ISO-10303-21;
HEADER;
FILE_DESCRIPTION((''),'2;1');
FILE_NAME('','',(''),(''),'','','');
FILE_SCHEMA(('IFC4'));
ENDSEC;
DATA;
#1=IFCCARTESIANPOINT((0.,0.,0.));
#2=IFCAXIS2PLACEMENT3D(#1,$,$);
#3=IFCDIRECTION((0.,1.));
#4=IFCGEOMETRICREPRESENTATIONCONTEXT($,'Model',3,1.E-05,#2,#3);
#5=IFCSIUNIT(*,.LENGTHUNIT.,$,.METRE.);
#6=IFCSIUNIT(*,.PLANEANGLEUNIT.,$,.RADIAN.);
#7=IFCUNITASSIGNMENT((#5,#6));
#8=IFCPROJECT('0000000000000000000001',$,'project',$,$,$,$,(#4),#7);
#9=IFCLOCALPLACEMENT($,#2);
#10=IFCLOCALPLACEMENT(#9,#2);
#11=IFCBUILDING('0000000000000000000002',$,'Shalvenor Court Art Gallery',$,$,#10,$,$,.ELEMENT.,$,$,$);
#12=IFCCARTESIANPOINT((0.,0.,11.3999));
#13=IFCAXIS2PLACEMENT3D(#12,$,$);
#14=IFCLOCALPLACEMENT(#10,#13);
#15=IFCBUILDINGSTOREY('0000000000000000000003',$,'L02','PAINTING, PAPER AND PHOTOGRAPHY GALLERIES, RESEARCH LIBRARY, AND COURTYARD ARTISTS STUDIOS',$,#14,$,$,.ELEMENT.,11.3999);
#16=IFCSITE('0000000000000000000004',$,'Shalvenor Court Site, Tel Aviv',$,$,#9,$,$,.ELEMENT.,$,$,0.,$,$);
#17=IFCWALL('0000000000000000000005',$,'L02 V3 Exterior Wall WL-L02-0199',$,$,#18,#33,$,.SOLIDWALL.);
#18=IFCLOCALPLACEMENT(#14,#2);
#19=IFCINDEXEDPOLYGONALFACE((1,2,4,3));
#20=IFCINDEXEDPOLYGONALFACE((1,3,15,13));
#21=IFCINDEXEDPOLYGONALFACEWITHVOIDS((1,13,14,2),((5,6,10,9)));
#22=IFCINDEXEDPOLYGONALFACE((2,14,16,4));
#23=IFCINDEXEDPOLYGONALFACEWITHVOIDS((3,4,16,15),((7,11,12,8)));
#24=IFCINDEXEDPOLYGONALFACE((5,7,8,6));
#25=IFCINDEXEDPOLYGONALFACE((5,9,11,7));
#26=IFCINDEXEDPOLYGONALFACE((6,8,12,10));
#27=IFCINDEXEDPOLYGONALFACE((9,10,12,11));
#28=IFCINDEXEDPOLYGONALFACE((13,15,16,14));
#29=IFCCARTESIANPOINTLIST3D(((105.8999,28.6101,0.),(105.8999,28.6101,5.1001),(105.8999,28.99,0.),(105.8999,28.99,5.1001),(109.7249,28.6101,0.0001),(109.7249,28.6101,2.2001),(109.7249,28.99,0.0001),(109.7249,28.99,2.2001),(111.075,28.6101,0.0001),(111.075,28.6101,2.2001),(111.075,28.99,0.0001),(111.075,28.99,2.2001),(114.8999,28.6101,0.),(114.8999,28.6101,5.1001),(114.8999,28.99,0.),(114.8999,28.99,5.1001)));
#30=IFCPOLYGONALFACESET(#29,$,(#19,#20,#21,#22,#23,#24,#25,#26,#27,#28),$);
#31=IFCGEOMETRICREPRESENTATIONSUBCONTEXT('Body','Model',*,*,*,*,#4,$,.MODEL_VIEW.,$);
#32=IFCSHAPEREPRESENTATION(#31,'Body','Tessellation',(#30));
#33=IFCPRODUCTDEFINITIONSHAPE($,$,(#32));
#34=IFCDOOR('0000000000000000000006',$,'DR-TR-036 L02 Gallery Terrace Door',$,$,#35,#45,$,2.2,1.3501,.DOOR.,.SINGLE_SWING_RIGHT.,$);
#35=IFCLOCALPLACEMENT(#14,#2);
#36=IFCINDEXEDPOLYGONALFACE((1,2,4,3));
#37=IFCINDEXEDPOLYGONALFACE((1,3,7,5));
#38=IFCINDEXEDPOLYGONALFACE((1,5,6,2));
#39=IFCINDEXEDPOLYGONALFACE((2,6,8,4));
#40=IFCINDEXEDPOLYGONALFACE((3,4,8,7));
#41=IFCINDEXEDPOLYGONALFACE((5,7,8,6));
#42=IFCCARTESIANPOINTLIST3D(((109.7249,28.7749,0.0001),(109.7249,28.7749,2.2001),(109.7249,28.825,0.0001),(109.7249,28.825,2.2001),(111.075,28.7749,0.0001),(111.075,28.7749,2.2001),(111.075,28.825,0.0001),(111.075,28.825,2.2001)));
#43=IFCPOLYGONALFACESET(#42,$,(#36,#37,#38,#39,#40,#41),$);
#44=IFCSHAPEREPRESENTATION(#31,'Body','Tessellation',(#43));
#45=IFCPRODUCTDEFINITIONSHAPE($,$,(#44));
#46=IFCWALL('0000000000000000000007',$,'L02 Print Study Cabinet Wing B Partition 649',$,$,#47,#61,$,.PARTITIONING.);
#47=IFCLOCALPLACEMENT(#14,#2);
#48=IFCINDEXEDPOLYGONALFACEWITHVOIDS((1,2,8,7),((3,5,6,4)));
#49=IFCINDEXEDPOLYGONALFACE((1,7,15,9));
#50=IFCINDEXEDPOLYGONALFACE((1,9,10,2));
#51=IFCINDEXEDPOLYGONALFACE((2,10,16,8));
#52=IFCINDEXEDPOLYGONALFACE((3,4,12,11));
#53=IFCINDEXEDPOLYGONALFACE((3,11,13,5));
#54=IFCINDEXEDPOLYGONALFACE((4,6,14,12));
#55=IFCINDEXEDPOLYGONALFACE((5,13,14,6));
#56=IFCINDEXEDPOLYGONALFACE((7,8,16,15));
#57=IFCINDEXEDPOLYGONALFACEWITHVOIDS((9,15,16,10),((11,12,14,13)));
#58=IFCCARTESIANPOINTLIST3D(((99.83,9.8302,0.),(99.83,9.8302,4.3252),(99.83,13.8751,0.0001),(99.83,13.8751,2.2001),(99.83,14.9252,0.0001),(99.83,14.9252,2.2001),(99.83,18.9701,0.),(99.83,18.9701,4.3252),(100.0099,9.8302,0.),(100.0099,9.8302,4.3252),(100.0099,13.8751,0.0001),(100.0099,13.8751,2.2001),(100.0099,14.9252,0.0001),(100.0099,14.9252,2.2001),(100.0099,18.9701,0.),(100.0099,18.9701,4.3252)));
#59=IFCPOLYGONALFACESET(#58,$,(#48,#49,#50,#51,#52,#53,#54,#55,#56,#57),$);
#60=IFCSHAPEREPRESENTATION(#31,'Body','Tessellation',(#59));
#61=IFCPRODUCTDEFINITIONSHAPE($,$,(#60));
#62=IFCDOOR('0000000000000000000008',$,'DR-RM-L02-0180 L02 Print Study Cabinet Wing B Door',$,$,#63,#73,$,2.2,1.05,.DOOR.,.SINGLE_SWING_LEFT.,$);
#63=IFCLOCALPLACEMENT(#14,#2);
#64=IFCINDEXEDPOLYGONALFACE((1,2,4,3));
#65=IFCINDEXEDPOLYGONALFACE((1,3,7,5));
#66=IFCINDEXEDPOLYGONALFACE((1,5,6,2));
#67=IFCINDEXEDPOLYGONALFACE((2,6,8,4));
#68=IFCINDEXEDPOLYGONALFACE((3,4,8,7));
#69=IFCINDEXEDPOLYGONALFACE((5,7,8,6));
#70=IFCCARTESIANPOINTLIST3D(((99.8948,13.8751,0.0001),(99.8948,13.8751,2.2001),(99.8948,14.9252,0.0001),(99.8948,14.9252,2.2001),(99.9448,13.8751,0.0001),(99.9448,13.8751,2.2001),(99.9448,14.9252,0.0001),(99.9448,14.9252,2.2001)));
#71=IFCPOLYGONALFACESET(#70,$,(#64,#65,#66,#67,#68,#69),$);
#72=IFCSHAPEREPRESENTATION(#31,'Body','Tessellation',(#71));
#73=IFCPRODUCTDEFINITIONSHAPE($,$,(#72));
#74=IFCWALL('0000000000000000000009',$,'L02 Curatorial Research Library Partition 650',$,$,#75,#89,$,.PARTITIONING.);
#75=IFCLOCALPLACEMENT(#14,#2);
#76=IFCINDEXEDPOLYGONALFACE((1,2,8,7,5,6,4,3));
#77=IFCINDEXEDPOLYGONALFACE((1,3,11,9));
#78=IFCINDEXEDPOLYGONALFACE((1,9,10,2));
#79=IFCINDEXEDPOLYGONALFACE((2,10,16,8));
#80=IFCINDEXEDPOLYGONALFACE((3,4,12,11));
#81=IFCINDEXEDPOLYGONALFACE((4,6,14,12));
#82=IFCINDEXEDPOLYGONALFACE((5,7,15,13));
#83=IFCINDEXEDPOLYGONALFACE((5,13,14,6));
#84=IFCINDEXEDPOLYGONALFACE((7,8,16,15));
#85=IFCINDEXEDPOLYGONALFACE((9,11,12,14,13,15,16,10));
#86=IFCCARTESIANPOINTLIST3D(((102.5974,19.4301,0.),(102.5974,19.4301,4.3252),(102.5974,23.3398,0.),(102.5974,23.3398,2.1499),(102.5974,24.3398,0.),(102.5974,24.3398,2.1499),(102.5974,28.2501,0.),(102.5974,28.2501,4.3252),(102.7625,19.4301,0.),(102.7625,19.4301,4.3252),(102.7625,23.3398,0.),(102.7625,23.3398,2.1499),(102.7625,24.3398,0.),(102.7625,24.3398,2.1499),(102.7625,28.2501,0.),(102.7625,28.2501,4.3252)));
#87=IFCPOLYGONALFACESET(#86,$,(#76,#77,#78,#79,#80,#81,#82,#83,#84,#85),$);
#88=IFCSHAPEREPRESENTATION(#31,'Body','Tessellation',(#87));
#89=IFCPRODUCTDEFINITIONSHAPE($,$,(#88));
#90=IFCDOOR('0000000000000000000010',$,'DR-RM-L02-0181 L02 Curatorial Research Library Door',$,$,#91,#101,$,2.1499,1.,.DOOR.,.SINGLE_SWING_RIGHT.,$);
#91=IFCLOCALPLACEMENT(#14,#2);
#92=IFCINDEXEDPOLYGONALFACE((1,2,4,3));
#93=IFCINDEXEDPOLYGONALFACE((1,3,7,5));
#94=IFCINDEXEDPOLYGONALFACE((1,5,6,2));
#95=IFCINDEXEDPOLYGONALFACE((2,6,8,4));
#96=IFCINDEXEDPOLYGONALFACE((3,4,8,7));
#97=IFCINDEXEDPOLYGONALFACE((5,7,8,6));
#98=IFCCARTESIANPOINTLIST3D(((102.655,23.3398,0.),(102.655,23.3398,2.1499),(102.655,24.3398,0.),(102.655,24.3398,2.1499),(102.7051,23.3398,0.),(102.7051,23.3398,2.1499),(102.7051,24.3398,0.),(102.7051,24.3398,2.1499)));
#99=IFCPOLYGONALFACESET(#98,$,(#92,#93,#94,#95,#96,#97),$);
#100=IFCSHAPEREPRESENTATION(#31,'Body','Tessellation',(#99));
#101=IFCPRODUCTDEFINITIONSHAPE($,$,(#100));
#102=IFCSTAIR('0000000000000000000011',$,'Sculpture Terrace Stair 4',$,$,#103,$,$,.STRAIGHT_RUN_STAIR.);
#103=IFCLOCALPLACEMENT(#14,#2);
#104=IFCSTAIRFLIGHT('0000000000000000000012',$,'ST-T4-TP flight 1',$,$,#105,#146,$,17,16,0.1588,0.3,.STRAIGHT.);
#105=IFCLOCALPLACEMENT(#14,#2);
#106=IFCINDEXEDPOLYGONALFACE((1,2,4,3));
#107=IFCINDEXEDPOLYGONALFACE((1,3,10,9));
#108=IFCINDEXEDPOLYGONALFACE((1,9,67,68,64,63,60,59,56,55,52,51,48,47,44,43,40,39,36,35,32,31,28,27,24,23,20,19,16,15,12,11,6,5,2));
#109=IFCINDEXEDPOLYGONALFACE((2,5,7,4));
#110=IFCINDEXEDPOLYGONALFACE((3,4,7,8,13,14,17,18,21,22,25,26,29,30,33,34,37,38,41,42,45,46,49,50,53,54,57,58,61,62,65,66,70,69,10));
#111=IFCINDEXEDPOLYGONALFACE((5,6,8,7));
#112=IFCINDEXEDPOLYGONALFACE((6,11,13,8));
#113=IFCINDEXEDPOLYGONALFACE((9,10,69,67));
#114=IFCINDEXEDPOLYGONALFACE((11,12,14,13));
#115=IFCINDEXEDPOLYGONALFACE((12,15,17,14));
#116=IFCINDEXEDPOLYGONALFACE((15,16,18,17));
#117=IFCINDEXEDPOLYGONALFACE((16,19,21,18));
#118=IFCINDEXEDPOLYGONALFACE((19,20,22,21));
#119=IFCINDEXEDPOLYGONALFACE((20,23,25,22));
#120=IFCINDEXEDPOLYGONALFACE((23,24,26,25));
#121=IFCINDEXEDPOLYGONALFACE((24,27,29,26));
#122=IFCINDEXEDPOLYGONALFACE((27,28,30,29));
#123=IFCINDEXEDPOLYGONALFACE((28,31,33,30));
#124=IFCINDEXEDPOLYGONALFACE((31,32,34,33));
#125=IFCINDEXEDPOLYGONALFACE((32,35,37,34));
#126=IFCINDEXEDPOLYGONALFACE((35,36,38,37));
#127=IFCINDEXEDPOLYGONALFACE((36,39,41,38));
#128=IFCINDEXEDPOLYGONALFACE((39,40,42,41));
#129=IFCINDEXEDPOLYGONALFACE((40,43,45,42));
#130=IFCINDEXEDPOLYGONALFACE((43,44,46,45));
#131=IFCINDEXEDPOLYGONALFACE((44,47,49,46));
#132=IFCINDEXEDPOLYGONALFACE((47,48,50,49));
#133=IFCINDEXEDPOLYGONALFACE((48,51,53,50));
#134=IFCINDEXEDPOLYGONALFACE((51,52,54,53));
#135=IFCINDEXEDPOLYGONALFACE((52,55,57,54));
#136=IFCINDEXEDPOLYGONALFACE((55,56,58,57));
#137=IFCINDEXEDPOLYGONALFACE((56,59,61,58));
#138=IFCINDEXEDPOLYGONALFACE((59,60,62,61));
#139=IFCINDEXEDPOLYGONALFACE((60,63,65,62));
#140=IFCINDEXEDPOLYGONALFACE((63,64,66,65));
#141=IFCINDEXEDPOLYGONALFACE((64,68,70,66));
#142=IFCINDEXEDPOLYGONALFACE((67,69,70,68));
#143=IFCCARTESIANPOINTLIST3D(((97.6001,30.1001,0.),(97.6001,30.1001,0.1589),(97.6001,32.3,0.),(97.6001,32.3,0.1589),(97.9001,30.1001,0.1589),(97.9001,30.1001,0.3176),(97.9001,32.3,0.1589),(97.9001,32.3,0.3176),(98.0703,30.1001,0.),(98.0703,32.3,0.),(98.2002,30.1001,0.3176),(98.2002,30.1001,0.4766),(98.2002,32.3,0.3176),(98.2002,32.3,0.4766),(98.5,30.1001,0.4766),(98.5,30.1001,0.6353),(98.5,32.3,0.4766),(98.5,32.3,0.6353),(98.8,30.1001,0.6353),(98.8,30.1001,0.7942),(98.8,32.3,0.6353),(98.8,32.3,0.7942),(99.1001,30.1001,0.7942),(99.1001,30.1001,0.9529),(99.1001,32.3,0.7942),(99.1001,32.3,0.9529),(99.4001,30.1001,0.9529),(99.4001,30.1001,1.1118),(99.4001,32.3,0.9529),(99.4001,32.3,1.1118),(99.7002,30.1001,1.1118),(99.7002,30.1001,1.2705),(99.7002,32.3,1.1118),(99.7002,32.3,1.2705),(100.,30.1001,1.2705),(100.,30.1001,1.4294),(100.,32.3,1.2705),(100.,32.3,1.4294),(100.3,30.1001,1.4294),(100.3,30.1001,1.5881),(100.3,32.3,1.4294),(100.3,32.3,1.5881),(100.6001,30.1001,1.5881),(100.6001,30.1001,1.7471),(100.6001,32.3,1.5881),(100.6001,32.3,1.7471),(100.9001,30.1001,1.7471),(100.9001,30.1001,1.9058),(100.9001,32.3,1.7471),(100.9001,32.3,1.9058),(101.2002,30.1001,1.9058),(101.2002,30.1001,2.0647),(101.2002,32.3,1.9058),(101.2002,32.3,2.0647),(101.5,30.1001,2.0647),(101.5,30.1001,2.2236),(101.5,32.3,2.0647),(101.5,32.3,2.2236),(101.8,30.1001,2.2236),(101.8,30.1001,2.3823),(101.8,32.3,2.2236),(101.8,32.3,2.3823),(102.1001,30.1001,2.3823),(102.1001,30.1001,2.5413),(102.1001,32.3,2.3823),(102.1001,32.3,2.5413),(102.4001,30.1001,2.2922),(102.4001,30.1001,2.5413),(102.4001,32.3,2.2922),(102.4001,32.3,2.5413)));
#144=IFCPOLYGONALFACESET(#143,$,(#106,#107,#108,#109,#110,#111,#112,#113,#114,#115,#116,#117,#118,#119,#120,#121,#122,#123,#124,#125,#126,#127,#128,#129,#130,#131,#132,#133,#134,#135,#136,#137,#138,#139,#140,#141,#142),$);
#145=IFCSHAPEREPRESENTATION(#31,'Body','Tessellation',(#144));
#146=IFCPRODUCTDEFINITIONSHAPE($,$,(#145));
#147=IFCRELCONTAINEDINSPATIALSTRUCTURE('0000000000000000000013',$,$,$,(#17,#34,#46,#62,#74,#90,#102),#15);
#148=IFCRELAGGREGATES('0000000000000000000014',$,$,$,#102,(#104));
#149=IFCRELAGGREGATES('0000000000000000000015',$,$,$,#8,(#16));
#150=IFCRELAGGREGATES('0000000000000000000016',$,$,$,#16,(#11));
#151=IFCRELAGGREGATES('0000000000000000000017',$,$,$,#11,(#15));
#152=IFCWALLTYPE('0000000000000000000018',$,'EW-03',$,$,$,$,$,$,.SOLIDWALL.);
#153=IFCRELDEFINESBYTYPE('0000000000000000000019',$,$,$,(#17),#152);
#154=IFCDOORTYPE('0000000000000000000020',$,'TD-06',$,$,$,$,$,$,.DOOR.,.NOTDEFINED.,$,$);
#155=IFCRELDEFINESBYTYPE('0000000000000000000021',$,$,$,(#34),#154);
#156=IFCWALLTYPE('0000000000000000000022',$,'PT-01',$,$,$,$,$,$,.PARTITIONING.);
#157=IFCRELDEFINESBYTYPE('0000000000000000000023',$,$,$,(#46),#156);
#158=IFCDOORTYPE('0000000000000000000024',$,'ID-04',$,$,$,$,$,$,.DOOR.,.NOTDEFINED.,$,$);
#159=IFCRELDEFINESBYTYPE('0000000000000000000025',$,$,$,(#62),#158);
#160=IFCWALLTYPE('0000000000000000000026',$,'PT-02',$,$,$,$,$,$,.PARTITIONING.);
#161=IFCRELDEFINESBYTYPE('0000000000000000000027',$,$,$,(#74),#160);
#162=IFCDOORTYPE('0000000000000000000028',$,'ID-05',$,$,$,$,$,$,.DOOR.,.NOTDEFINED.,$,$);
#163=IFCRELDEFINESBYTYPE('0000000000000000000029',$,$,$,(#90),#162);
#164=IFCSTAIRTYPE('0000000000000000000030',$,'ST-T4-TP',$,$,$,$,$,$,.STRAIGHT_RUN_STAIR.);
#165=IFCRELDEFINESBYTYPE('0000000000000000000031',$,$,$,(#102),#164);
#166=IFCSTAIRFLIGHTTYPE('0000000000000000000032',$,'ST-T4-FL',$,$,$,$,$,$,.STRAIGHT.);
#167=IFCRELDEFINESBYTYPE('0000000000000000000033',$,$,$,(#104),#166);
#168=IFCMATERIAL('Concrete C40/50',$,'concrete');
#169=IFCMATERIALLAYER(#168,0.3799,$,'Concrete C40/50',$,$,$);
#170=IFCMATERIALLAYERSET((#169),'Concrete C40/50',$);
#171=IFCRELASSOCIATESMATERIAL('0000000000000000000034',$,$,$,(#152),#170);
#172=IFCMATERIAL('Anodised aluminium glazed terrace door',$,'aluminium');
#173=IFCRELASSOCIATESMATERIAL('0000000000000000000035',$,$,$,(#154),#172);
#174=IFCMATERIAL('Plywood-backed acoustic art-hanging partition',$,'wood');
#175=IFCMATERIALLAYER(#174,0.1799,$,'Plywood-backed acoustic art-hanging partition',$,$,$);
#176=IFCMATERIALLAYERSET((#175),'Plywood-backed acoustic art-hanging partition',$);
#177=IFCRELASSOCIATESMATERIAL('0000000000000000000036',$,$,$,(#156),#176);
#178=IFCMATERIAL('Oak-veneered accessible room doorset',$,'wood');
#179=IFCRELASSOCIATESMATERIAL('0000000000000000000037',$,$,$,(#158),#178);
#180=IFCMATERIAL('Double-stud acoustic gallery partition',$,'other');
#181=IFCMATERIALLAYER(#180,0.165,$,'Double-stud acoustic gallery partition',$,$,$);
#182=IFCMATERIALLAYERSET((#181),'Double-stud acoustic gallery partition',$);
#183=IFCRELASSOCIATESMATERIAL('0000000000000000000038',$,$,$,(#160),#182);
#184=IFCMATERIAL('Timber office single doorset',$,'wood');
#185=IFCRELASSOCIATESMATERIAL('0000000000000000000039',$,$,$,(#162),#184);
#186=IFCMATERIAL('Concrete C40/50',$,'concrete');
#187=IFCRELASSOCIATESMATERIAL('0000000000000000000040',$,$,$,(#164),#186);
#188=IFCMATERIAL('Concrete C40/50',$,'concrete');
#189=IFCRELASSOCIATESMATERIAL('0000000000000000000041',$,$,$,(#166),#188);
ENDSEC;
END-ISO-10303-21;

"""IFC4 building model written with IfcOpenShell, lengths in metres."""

from ifc_helpers import new_model, si_unit, direction, frame, frame_2d, origin, place, context, subcontext, project, spatial, polyline, rectangle, outline, extrude, material, layer, layer_set, type_object, element, fill, aggregate, save


model = new_model("IFC4")

# Units and contexts
model_context = context("Model", 3, precision=1e-05, world=origin(), true_north=direction((0.0, 1.0)))
body_context = subcontext(model_context, "Body", "Model", "MODEL_VIEW")
ifc_project = project(units=[si_unit("LENGTHUNIT", "METRE"), si_unit("PLANEANGLEUNIT", "RADIAN")], contexts=[model_context])

# Site, building, storey
site_placement = place(None, origin())
site = spatial("IfcSite", under=ifc_project, at=site_placement, Name="Shalvenor Court Site, Tel Aviv", CompositionType="ELEMENT", RefElevation=0.0)
building_placement = place(site_placement, origin())
building = spatial("IfcBuilding", under=site, at=building_placement, Name="Shalvenor Court Art Gallery", CompositionType="ELEMENT")
storey_placement = place(building_placement, frame((0.0, 0.0, 11.3999)))
storey = spatial("IfcBuildingStorey", under=building, at=storey_placement, Name="L02", Description="PAINTING, PAPER AND PHOTOGRAPHY GALLERIES, RESEARCH LIBRARY, AND COURTYARD ARTISTS STUDIOS", CompositionType="ELEMENT", Elevation=11.3999)

# Walls, openings, doors
ifc_material_1 = material(Name="Concrete C40/50", Category="concrete")
ifc_layer_1 = layer(ifc_material_1, 0.3799, Name="Concrete C40/50")
ifc_layer_set_1 = layer_set([ifc_layer_1], Name="Concrete C40/50")
wall_type_1 = type_object("IfcWallType", Name="EW-03", PredefinedType="SOLIDWALL", material=ifc_layer_set_1)
wall_1_placement = place(storey_placement, frame((105.8999, 28.8, 0.0), z_axis=(0.0, 0.0, 1.0), x_axis=(1.0, 0.0, 0.0)))
wall_1 = element("IfcWall", 1, at=wall_1_placement, inside=storey, type_object=wall_type_1, Name="L02 V3 Exterior Wall WL-L02-0199", PredefinedType="SOLIDWALL", context=body_context, shape_type="SweptSolid", body=[
    extrude(rectangle(XDim=9.0, YDim=0.3799, at=frame_2d((4.5, 0.0))), origin(), (0.0, 0.0, 1.0), 5.1001),
])
opening_1_placement = place(wall_1_placement, frame((3.825, 0.0, 0.0)))
opening_1 = element("IfcOpeningElement", 2, at=opening_1_placement, cuts=wall_1, PredefinedType="OPENING", context=body_context, shape_type="SweptSolid", body=[
    extrude(rectangle(XDim=1.3501, YDim=2.2, at=frame_2d((0.675, 1.1001))), frame((0.0, 0.2, 0.0), z_axis=(0.0, -1.0, 0.0), x_axis=(1.0, 0.0, 0.0)), (0.0, 0.0, 1.0), 0.3999),
])
ifc_material_2 = material(Name="Anodised aluminium glazed terrace door", Category="aluminium")
door_type_1 = type_object("IfcDoorType", Name="TD-06", OperationType="NOTDEFINED", PredefinedType="DOOR", material=ifc_material_2)
door_1_placement = place(opening_1_placement, origin())
door_1 = element("IfcDoor", 3, at=door_1_placement, inside=storey, type_object=door_type_1, Name="DR-TR-036 L02 Gallery Terrace Door", OperationType="SINGLE_SWING_RIGHT", OverallHeight=2.2, OverallWidth=1.3501, PredefinedType="DOOR", context=body_context, shape_type="SweptSolid", body=[
    extrude(rectangle(XDim=1.3501, YDim=2.2, at=frame_2d((0.675, 1.1001))), frame((0.0, 0.0249, 0.0), z_axis=(0.0, -1.0, 0.0), x_axis=(1.0, 0.0, 0.0)), (0.0, 0.0, 1.0), 0.05),
])
fill(opening_1, door_1)
ifc_material_3 = material(Name="Plywood-backed acoustic art-hanging partition", Category="wood")
ifc_layer_2 = layer(ifc_material_3, 0.1799, Name="Plywood-backed acoustic art-hanging partition")
ifc_layer_set_2 = layer_set([ifc_layer_2], Name="Plywood-backed acoustic art-hanging partition")
wall_type_2 = type_object("IfcWallType", Name="PT-01", PredefinedType="PARTITIONING", material=ifc_layer_set_2)
wall_2_placement = place(storey_placement, frame((99.9199, 18.97, 0.0), z_axis=(0.0, 0.0, 1.0), x_axis=(0.0, -1.0, 0.0)))
wall_2 = element("IfcWall", 4, at=wall_2_placement, inside=storey, type_object=wall_type_2, Name="L02 Print Study Cabinet Wing B Partition 649", PredefinedType="PARTITIONING", context=body_context, shape_type="SweptSolid", body=[
    extrude(rectangle(XDim=9.1399, YDim=0.1799, at=frame_2d((4.5698, 0.0))), origin(), (0.0, 0.0, 1.0), 4.3252),
])
opening_2_placement = place(wall_2_placement, frame((4.0449, 0.0, 0.0)))
opening_2 = element("IfcOpeningElement", 5, at=opening_2_placement, cuts=wall_2, PredefinedType="OPENING", context=body_context, shape_type="SweptSolid", body=[
    extrude(rectangle(XDim=1.05, YDim=2.2, at=frame_2d((0.5249, 1.1001))), frame((0.0, 0.0999, 0.0), z_axis=(0.0, -1.0, 0.0), x_axis=(1.0, 0.0, 0.0)), (0.0, 0.0, 1.0), 0.2),
])
ifc_material_4 = material(Name="Oak-veneered accessible room doorset", Category="wood")
door_type_2 = type_object("IfcDoorType", Name="ID-04", OperationType="NOTDEFINED", PredefinedType="DOOR", material=ifc_material_4)
door_2_placement = place(opening_2_placement, origin())
door_2 = element("IfcDoor", 6, at=door_2_placement, inside=storey, type_object=door_type_2, Name="DR-RM-L02-0180 L02 Print Study Cabinet Wing B Door", OperationType="SINGLE_SWING_LEFT", OverallHeight=2.2, OverallWidth=1.05, PredefinedType="DOOR", context=body_context, shape_type="SweptSolid", body=[
    extrude(rectangle(XDim=1.05, YDim=2.2, at=frame_2d((0.5249, 1.1001))), frame((0.0, 0.0249, 0.0), z_axis=(0.0, -1.0, 0.0), x_axis=(1.0, 0.0, 0.0)), (0.0, 0.0, 1.0), 0.05),
])
fill(opening_2, door_2)
ifc_material_5 = material(Name="Double-stud acoustic gallery partition", Category="other")
ifc_layer_3 = layer(ifc_material_5, 0.165, Name="Double-stud acoustic gallery partition")
ifc_layer_set_3 = layer_set([ifc_layer_3], Name="Double-stud acoustic gallery partition")
wall_type_3 = type_object("IfcWallType", Name="PT-02", PredefinedType="PARTITIONING", material=ifc_layer_set_3)
wall_3_placement = place(storey_placement, frame((102.6799, 19.4299, 0.0), z_axis=(0.0, 0.0, 1.0), x_axis=(0.0, 1.0, 0.0)))
wall_3 = element("IfcWall", 7, at=wall_3_placement, inside=storey, type_object=wall_type_3, Name="L02 Curatorial Research Library Partition 650", PredefinedType="PARTITIONING", context=body_context, shape_type="SweptSolid", body=[
    extrude(rectangle(XDim=8.8201, YDim=0.165, at=frame_2d((4.4102, 0.0))), origin(), (0.0, 0.0, 1.0), 4.3252),
])
opening_3_placement = place(wall_3_placement, frame((3.9099, 0.0, 0.0)))
opening_3 = element("IfcOpeningElement", 8, at=opening_3_placement, cuts=wall_3, PredefinedType="OPENING", context=body_context, shape_type="SweptSolid", body=[
    extrude(rectangle(XDim=1.0, YDim=2.1499, at=frame_2d((0.5, 1.075))), frame((0.0, 0.0925, 0.0), z_axis=(0.0, -1.0, 0.0), x_axis=(1.0, 0.0, 0.0)), (0.0, 0.0, 1.0), 0.1851),
])
ifc_material_6 = material(Name="Timber office single doorset", Category="wood")
door_type_3 = type_object("IfcDoorType", Name="ID-05", OperationType="NOTDEFINED", PredefinedType="DOOR", material=ifc_material_6)
door_3_placement = place(opening_3_placement, origin())
door_3 = element("IfcDoor", 9, at=door_3_placement, inside=storey, type_object=door_type_3, Name="DR-RM-L02-0181 L02 Curatorial Research Library Door", OperationType="SINGLE_SWING_RIGHT", OverallHeight=2.1499, OverallWidth=1.0, PredefinedType="DOOR", context=body_context, shape_type="SweptSolid", body=[
    extrude(rectangle(XDim=1.0, YDim=2.1499, at=frame_2d((0.5, 1.075))), frame((0.0, 0.0249, 0.0), z_axis=(0.0, -1.0, 0.0), x_axis=(1.0, 0.0, 0.0)), (0.0, 0.0, 1.0), 0.05),
])
fill(opening_3, door_3)

# Stair, stair flight
ifc_material_7 = material(Name="Concrete C40/50", Category="concrete")
stair_type = type_object("IfcStairType", Name="ST-T4-TP", PredefinedType="STRAIGHT_RUN_STAIR", material=ifc_material_7)
stair_placement = place(storey_placement, origin())
stair = element("IfcStair", 10, at=stair_placement, inside=storey, type_object=stair_type, Name="Sculpture Terrace Stair 4", PredefinedType="STRAIGHT_RUN_STAIR")
ifc_material_8 = material(Name="Concrete C40/50", Category="concrete")
stair_flight_type = type_object("IfcStairFlightType", Name="ST-T4-FL", PredefinedType="STRAIGHT", material=ifc_material_8)
stair_flight_1_placement = place(storey_placement, frame((97.6001, 31.2, 0.0), z_axis=(0.0, 0.0, 1.0), x_axis=(1.0, 0.0, 0.0)))
stair_flight_1 = element("IfcStairFlight", 11, at=stair_flight_1_placement, type_object=stair_flight_type, Name="ST-T4-TP flight 1", NumberOfRisers=17, NumberOfTreads=16, PredefinedType="STRAIGHT", RiserHeight=0.1588, TreadLength=0.3, context=body_context, shape_type="SweptSolid", body=[
    extrude(outline(polyline([(0.0, 0.0), (0.0, 0.1589), (0.3, 0.1589), (0.3, 0.3176), (0.6001, 0.3176), (0.6001, 0.4766), (0.8999, 0.4766), (0.8999, 0.6353), (1.2, 0.6353), (1.2, 0.7942), (1.5, 0.7942), (1.5, 0.9529), (1.8, 0.9529), (1.8, 1.1118), (2.1001, 1.1118), (2.1001, 1.2705), (2.3999, 1.2705), (2.3999, 1.4294), (2.7, 1.4294), (2.7, 1.5881), (3.0, 1.5881), (3.0, 1.7471), (3.3, 1.7471), (3.3, 1.9058), (3.6001, 1.9058), (3.6001, 2.0647), (3.8999, 2.0647), (3.8999, 2.2236), (4.2, 2.2236), (4.2, 2.3823), (4.5, 2.3823), (4.5, 2.5413), (4.8, 2.5413), (4.8, 2.7), (4.8, 2.2922), (0.4702, 0.0), (0.0, 0.0)])), frame((0.0, 1.1001, 0.0), z_axis=(0.0, -1.0, 0.0), x_axis=(1.0, 0.0, 0.0)), (0.0, 0.0, 1.0), 2.2),
])
aggregate(stair, [stair_flight_1])

save(model, "model.ifc")
